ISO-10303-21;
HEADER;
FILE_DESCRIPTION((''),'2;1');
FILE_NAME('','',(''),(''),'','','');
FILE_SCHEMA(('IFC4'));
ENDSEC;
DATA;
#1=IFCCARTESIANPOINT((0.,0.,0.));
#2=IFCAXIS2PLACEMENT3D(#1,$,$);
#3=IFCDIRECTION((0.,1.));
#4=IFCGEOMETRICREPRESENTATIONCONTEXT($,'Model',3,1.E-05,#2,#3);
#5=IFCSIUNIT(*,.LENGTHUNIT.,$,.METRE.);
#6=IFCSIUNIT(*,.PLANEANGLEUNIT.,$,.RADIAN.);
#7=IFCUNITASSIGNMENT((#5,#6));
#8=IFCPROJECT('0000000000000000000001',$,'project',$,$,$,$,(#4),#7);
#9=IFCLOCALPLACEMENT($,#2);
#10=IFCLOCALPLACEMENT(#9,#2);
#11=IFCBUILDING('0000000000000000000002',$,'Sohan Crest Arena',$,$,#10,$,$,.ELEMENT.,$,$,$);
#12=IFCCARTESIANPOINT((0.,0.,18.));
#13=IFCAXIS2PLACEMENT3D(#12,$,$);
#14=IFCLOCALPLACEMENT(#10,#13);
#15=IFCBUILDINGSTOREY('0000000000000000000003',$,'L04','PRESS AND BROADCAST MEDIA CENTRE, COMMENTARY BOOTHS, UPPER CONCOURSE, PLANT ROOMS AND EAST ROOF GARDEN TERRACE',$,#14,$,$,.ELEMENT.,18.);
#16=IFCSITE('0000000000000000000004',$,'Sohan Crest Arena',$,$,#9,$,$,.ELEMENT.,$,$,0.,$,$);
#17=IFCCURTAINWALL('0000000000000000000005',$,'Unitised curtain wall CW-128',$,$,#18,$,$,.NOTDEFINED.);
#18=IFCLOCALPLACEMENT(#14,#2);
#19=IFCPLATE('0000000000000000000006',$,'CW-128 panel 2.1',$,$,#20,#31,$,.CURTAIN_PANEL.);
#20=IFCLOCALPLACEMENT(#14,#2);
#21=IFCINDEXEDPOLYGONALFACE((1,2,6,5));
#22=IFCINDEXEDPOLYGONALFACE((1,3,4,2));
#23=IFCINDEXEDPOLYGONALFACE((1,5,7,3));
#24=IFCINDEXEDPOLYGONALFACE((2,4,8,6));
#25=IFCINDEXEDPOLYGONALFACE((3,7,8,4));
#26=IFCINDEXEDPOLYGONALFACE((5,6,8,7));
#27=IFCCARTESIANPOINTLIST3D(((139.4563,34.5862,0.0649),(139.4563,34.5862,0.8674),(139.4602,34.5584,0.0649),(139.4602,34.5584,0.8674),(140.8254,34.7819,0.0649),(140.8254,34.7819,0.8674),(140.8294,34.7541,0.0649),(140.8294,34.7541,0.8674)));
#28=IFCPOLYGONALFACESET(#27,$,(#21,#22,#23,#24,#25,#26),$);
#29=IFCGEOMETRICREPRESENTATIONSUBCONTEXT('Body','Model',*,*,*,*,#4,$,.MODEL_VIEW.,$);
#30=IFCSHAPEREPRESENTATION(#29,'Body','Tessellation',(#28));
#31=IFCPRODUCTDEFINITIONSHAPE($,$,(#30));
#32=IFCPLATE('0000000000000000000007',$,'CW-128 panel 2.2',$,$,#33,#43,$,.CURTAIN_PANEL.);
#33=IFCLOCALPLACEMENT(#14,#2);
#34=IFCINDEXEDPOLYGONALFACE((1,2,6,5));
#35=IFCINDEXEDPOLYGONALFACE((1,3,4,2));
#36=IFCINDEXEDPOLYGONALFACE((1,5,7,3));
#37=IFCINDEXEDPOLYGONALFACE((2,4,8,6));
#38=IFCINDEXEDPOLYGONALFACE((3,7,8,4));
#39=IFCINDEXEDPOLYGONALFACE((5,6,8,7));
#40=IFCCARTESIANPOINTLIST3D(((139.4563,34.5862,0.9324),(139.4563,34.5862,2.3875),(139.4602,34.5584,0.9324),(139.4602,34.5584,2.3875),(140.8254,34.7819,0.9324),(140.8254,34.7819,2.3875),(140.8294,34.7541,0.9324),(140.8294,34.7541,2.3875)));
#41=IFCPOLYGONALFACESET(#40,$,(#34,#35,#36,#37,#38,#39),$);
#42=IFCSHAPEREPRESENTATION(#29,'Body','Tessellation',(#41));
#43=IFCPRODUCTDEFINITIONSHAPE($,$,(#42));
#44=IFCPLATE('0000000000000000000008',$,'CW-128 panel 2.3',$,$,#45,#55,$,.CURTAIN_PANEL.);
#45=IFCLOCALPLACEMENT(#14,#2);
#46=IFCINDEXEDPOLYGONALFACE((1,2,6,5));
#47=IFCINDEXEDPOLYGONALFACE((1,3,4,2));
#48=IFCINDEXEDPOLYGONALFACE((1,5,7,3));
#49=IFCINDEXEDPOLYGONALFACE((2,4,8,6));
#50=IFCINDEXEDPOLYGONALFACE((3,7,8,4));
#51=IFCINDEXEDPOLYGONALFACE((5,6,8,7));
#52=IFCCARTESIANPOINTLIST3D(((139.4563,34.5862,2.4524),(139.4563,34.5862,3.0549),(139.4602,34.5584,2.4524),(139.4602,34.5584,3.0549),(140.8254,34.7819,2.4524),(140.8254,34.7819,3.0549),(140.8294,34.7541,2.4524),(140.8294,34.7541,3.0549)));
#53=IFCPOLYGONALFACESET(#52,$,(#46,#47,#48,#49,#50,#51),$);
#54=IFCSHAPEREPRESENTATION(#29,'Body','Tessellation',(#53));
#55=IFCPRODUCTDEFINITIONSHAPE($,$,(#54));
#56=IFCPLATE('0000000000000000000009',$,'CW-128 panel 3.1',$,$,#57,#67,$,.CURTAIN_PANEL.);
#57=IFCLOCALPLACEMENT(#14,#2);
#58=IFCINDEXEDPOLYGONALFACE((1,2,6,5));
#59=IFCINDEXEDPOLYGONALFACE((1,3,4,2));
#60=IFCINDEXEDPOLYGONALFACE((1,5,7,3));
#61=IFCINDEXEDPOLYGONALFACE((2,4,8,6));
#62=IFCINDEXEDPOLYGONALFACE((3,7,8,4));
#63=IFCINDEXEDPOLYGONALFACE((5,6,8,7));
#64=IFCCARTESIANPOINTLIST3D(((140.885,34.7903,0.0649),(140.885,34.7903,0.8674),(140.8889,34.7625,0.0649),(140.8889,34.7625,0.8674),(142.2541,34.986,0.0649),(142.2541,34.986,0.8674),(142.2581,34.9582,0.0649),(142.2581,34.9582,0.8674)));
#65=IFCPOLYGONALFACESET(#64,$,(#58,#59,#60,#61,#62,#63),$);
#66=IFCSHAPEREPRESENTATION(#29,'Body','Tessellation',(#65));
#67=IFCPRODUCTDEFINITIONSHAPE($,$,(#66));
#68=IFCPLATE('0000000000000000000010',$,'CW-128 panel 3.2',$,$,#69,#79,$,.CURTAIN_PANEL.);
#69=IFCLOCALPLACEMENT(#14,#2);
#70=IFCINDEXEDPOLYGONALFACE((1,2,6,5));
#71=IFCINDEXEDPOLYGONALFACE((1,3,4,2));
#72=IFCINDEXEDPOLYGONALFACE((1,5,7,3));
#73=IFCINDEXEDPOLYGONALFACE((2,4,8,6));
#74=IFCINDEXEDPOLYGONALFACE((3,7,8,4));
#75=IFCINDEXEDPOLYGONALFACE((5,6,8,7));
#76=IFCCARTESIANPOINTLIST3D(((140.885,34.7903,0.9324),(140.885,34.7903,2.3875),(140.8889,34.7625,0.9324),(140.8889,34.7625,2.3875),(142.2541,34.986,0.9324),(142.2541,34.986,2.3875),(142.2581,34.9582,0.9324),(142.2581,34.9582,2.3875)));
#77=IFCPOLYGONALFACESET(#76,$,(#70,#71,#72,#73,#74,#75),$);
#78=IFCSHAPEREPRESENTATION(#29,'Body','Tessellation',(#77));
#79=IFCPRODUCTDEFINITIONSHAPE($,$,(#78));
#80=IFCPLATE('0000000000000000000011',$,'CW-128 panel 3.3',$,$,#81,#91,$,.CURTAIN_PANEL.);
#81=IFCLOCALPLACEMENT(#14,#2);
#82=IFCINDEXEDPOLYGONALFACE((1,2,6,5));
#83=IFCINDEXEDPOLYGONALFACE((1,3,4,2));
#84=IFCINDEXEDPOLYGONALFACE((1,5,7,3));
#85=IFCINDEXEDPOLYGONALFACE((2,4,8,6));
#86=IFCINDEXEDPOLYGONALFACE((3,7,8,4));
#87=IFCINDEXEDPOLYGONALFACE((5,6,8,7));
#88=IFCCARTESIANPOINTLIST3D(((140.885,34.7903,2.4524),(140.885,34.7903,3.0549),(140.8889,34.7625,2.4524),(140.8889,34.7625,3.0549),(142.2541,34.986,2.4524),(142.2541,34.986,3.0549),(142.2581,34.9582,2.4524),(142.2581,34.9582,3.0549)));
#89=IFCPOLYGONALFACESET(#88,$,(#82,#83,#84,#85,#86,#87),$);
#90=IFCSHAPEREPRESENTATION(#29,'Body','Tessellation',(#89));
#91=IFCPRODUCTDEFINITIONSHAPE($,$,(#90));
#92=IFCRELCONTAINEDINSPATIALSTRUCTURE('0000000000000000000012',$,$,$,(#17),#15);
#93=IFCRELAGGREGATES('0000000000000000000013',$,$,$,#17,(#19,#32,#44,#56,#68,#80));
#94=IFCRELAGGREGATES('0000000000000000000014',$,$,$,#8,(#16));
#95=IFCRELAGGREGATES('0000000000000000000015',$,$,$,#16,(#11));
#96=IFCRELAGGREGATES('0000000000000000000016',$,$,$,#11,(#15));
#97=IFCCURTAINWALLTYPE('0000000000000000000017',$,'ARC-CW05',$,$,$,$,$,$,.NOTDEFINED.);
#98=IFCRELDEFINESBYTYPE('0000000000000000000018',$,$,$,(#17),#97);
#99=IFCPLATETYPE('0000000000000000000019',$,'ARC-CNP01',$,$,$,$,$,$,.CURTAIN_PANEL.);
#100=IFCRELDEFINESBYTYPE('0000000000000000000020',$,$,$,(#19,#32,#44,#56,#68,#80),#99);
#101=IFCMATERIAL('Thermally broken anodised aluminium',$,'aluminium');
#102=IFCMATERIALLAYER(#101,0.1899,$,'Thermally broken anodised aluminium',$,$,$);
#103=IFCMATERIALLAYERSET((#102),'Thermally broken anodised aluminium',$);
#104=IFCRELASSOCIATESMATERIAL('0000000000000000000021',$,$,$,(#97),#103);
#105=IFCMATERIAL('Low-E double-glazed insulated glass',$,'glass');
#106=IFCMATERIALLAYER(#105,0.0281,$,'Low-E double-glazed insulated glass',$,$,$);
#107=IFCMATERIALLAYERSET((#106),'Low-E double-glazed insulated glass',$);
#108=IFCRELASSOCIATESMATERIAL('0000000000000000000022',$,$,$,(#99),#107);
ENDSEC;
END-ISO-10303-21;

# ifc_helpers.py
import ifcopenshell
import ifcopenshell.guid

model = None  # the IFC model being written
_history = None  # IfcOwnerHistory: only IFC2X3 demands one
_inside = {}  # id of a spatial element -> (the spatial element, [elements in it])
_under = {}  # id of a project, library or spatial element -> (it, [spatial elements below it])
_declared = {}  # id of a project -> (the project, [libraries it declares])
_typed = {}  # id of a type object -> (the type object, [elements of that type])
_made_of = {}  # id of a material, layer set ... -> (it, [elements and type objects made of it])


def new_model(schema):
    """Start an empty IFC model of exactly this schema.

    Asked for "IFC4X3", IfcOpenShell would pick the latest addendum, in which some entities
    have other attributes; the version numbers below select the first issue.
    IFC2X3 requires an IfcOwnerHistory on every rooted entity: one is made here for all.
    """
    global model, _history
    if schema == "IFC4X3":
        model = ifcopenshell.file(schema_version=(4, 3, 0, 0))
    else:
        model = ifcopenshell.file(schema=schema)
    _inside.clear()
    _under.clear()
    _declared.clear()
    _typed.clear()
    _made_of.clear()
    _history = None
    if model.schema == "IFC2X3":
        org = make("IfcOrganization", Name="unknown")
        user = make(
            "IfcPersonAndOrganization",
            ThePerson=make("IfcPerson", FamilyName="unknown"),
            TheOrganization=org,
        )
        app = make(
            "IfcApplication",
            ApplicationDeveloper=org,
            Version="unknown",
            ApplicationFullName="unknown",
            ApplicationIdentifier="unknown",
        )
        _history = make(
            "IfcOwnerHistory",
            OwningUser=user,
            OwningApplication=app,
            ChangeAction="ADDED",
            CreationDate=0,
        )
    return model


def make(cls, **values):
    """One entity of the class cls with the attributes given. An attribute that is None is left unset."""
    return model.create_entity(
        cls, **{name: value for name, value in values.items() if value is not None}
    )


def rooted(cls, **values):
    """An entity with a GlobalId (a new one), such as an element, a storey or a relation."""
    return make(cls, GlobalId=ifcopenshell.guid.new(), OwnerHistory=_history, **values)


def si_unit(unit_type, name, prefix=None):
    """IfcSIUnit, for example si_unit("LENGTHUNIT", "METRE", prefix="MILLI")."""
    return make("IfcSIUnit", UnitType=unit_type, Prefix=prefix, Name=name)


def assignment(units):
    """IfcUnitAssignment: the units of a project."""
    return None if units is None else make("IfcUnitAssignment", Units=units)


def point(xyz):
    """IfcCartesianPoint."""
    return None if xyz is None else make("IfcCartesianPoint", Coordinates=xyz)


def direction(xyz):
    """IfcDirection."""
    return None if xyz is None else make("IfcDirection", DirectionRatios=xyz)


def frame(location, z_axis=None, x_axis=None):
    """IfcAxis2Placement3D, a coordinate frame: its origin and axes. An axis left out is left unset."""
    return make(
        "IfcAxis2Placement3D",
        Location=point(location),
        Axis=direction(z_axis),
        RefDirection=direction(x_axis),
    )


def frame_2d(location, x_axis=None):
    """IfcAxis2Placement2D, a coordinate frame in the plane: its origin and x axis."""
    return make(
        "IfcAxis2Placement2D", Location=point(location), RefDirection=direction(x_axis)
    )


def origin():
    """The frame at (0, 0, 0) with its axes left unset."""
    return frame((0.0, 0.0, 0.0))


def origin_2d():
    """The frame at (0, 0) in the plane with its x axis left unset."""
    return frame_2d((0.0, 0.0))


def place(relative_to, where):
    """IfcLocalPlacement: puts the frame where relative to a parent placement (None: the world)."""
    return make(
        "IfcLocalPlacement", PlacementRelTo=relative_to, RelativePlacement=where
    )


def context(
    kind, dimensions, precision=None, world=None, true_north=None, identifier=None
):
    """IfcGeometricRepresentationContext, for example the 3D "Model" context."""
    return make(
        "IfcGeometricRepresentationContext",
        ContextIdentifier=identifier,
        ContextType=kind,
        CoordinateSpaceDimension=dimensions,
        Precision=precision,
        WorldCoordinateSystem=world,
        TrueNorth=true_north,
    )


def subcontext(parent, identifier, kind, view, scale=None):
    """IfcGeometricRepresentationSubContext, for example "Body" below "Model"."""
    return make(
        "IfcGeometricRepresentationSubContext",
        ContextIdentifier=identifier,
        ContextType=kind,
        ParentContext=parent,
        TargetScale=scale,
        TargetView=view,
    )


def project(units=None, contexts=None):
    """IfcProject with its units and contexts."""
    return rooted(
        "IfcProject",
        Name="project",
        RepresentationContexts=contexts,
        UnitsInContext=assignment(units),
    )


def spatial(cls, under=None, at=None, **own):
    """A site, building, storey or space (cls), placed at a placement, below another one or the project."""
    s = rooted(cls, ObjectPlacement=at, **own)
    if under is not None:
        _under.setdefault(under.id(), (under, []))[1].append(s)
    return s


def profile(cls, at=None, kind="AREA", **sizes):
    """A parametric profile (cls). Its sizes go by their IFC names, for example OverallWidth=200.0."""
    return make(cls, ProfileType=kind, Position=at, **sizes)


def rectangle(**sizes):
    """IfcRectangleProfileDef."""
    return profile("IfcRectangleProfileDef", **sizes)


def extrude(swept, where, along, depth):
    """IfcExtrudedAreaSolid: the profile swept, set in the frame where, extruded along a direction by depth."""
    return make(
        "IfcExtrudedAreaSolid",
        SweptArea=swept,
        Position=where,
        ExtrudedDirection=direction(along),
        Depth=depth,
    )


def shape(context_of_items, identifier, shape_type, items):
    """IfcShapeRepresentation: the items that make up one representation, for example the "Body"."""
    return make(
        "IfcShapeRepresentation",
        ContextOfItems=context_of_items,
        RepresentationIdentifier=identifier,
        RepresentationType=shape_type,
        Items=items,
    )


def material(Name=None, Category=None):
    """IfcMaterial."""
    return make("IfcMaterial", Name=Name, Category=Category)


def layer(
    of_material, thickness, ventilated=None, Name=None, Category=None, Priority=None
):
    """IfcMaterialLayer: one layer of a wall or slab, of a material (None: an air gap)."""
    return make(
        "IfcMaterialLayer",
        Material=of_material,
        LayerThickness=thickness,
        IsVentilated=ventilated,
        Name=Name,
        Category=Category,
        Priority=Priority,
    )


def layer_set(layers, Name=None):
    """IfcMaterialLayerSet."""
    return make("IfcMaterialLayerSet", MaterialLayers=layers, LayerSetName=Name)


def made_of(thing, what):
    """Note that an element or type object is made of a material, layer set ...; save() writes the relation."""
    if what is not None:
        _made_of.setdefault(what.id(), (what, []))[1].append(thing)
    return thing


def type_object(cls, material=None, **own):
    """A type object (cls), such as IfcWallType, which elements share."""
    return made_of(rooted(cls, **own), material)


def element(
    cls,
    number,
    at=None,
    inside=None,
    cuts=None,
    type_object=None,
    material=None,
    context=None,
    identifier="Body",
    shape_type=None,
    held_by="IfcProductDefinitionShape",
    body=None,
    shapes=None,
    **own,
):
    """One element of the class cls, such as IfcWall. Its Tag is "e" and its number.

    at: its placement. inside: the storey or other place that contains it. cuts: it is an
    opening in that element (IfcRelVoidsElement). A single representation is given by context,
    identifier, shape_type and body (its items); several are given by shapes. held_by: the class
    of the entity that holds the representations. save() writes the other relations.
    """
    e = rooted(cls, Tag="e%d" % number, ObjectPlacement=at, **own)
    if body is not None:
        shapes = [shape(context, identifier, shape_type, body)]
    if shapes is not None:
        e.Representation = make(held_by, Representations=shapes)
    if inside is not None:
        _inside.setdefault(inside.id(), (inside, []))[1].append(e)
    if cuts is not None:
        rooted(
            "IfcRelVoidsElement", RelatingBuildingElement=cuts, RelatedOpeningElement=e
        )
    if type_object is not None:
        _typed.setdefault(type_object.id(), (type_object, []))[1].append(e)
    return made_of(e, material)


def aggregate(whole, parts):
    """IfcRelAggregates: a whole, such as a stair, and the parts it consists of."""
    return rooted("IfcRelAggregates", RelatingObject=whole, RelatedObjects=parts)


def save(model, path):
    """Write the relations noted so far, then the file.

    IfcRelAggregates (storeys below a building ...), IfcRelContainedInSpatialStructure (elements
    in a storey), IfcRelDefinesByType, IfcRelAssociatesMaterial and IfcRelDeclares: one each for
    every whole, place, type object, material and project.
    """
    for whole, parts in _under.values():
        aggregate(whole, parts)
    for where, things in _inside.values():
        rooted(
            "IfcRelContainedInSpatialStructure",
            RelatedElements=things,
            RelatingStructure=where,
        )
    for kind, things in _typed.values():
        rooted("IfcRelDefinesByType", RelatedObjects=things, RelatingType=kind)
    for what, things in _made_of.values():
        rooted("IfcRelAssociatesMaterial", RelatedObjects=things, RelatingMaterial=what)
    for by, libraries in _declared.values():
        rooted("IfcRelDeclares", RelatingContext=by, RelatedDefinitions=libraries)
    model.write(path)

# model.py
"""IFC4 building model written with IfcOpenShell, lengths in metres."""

from ifc_helpers import new_model, si_unit, direction, frame, origin, origin_2d, place, context, subcontext, project, spatial, rectangle, extrude, material, layer, layer_set, type_object, element, aggregate, save


model = new_model("IFC4")

# Units and contexts
model_context = context("Model", 3, precision=1e-05, world=origin(), true_north=direction((0.0, 1.0)))
body_context = subcontext(model_context, "Body", "Model", "MODEL_VIEW")
ifc_project = project(units=[si_unit("LENGTHUNIT", "METRE"), si_unit("PLANEANGLEUNIT", "RADIAN")], contexts=[model_context])

# Site, building, storey
site_placement = place(None, origin())
site = spatial("IfcSite", under=ifc_project, at=site_placement, Name="Sohan Crest Arena", CompositionType="ELEMENT", RefElevation=0.0)
building_placement = place(site_placement, origin())
building = spatial("IfcBuilding", under=site, at=building_placement, Name="Sohan Crest Arena", CompositionType="ELEMENT")
storey_placement = place(building_placement, frame((0.0, 0.0, 18.0)))
storey = spatial("IfcBuildingStorey", under=building, at=storey_placement, Name="L04", Description="PRESS AND BROADCAST MEDIA CENTRE, COMMENTARY BOOTHS, UPPER CONCOURSE, PLANT ROOMS AND EAST ROOF GARDEN TERRACE", CompositionType="ELEMENT", Elevation=18.0)

# Curtain wall
ifc_material_1 = material(Name="Thermally broken anodised aluminium", Category="aluminium")
ifc_layer_1 = layer(ifc_material_1, 0.1899, Name="Thermally broken anodised aluminium")
ifc_layer_set_1 = layer_set([ifc_layer_1], Name="Thermally broken anodised aluminium")
curtain_wall_type = type_object("IfcCurtainWallType", Name="ARC-CW05", PredefinedType="NOTDEFINED", material=ifc_layer_set_1)
curtain_wall_placement = place(storey_placement, origin())
curtain_wall = element("IfcCurtainWall", 1, at=curtain_wall_placement, inside=storey, type_object=curtain_wall_type, Name="Unitised curtain wall CW-128", PredefinedType="NOTDEFINED")

# Plates
ifc_material_2 = material(Name="Low-E double-glazed insulated glass", Category="glass")
ifc_layer_2 = layer(ifc_material_2, 0.0281, Name="Low-E double-glazed insulated glass")
ifc_layer_set_2 = layer_set([ifc_layer_2], Name="Low-E double-glazed insulated glass")
plate_type = type_object("IfcPlateType", Name="ARC-CNP01", PredefinedType="CURTAIN_PANEL", material=ifc_layer_set_2)
plate_1_placement = place(storey_placement, frame((140.1428, 34.6702, 0.0649), z_axis=(0.0, 0.0, 1.0), x_axis=(0.989944, 0.141463, 0.0)))
plate_1 = element("IfcPlate", 2, at=plate_1_placement, type_object=plate_type, Name="CW-128 panel 2.1", PredefinedType="CURTAIN_PANEL", context=body_context, shape_type="SweptSolid", body=[
    extrude(rectangle(XDim=1.3831, YDim=0.0281, at=origin_2d()), origin(), (0.0, 0.0, 1.0), 0.8025),
])
plate_2_placement = place(storey_placement, frame((140.1428, 34.6702, 0.9324), z_axis=(0.0, 0.0, 1.0), x_axis=(0.989944, 0.141463, 0.0)))
plate_2 = element("IfcPlate", 3, at=plate_2_placement, type_object=plate_type, Name="CW-128 panel 2.2", PredefinedType="CURTAIN_PANEL", context=body_context, shape_type="SweptSolid", body=[
    extrude(rectangle(XDim=1.3831, YDim=0.0281, at=origin_2d()), origin(), (0.0, 0.0, 1.0), 1.4551),
])
plate_3_placement = place(storey_placement, frame((140.1428, 34.6702, 2.4524), z_axis=(0.0, 0.0, 1.0), x_axis=(0.989944, 0.141463, 0.0)))
plate_3 = element("IfcPlate", 4, at=plate_3_placement, type_object=plate_type, Name="CW-128 panel 2.3", PredefinedType="CURTAIN_PANEL", context=body_context, shape_type="SweptSolid", body=[
    extrude(rectangle(XDim=1.3831, YDim=0.0281, at=origin_2d()), origin(), (0.0, 0.0, 1.0), 0.6025),
])
plate_4_placement = place(storey_placement, frame((141.5715, 34.8743, 0.0649), z_axis=(0.0, 0.0, 1.0), x_axis=(0.989944, 0.141463, 0.0)))
plate_4 = element("IfcPlate", 5, at=plate_4_placement, type_object=plate_type, Name="CW-128 panel 3.1", PredefinedType="CURTAIN_PANEL", context=body_context, shape_type="SweptSolid", body=[
    extrude(rectangle(XDim=1.3831, YDim=0.0281, at=origin_2d()), origin(), (0.0, 0.0, 1.0), 0.8025),
])
plate_5_placement = place(storey_placement, frame((141.5715, 34.8743, 0.9324), z_axis=(0.0, 0.0, 1.0), x_axis=(0.989944, 0.141463, 0.0)))
plate_5 = element("IfcPlate", 6, at=plate_5_placement, type_object=plate_type, Name="CW-128 panel 3.2", PredefinedType="CURTAIN_PANEL", context=body_context, shape_type="SweptSolid", body=[
    extrude(rectangle(XDim=1.3831, YDim=0.0281, at=origin_2d()), origin(), (0.0, 0.0, 1.0), 1.4551),
])
plate_6_placement = place(storey_placement, frame((141.5715, 34.8743, 2.4524), z_axis=(0.0, 0.0, 1.0), x_axis=(0.989944, 0.141463, 0.0)))
plate_6 = element("IfcPlate", 7, at=plate_6_placement, type_object=plate_type, Name="CW-128 panel 3.3", PredefinedType="CURTAIN_PANEL", context=body_context, shape_type="SweptSolid", body=[
    extrude(rectangle(XDim=1.3831, YDim=0.0281, at=origin_2d()), origin(), (0.0, 0.0, 1.0), 0.6025),
])
aggregate(curtain_wall, [plate_1, plate_2, plate_3, plate_4, plate_5, plate_6])

save(model, "model.ifc")
